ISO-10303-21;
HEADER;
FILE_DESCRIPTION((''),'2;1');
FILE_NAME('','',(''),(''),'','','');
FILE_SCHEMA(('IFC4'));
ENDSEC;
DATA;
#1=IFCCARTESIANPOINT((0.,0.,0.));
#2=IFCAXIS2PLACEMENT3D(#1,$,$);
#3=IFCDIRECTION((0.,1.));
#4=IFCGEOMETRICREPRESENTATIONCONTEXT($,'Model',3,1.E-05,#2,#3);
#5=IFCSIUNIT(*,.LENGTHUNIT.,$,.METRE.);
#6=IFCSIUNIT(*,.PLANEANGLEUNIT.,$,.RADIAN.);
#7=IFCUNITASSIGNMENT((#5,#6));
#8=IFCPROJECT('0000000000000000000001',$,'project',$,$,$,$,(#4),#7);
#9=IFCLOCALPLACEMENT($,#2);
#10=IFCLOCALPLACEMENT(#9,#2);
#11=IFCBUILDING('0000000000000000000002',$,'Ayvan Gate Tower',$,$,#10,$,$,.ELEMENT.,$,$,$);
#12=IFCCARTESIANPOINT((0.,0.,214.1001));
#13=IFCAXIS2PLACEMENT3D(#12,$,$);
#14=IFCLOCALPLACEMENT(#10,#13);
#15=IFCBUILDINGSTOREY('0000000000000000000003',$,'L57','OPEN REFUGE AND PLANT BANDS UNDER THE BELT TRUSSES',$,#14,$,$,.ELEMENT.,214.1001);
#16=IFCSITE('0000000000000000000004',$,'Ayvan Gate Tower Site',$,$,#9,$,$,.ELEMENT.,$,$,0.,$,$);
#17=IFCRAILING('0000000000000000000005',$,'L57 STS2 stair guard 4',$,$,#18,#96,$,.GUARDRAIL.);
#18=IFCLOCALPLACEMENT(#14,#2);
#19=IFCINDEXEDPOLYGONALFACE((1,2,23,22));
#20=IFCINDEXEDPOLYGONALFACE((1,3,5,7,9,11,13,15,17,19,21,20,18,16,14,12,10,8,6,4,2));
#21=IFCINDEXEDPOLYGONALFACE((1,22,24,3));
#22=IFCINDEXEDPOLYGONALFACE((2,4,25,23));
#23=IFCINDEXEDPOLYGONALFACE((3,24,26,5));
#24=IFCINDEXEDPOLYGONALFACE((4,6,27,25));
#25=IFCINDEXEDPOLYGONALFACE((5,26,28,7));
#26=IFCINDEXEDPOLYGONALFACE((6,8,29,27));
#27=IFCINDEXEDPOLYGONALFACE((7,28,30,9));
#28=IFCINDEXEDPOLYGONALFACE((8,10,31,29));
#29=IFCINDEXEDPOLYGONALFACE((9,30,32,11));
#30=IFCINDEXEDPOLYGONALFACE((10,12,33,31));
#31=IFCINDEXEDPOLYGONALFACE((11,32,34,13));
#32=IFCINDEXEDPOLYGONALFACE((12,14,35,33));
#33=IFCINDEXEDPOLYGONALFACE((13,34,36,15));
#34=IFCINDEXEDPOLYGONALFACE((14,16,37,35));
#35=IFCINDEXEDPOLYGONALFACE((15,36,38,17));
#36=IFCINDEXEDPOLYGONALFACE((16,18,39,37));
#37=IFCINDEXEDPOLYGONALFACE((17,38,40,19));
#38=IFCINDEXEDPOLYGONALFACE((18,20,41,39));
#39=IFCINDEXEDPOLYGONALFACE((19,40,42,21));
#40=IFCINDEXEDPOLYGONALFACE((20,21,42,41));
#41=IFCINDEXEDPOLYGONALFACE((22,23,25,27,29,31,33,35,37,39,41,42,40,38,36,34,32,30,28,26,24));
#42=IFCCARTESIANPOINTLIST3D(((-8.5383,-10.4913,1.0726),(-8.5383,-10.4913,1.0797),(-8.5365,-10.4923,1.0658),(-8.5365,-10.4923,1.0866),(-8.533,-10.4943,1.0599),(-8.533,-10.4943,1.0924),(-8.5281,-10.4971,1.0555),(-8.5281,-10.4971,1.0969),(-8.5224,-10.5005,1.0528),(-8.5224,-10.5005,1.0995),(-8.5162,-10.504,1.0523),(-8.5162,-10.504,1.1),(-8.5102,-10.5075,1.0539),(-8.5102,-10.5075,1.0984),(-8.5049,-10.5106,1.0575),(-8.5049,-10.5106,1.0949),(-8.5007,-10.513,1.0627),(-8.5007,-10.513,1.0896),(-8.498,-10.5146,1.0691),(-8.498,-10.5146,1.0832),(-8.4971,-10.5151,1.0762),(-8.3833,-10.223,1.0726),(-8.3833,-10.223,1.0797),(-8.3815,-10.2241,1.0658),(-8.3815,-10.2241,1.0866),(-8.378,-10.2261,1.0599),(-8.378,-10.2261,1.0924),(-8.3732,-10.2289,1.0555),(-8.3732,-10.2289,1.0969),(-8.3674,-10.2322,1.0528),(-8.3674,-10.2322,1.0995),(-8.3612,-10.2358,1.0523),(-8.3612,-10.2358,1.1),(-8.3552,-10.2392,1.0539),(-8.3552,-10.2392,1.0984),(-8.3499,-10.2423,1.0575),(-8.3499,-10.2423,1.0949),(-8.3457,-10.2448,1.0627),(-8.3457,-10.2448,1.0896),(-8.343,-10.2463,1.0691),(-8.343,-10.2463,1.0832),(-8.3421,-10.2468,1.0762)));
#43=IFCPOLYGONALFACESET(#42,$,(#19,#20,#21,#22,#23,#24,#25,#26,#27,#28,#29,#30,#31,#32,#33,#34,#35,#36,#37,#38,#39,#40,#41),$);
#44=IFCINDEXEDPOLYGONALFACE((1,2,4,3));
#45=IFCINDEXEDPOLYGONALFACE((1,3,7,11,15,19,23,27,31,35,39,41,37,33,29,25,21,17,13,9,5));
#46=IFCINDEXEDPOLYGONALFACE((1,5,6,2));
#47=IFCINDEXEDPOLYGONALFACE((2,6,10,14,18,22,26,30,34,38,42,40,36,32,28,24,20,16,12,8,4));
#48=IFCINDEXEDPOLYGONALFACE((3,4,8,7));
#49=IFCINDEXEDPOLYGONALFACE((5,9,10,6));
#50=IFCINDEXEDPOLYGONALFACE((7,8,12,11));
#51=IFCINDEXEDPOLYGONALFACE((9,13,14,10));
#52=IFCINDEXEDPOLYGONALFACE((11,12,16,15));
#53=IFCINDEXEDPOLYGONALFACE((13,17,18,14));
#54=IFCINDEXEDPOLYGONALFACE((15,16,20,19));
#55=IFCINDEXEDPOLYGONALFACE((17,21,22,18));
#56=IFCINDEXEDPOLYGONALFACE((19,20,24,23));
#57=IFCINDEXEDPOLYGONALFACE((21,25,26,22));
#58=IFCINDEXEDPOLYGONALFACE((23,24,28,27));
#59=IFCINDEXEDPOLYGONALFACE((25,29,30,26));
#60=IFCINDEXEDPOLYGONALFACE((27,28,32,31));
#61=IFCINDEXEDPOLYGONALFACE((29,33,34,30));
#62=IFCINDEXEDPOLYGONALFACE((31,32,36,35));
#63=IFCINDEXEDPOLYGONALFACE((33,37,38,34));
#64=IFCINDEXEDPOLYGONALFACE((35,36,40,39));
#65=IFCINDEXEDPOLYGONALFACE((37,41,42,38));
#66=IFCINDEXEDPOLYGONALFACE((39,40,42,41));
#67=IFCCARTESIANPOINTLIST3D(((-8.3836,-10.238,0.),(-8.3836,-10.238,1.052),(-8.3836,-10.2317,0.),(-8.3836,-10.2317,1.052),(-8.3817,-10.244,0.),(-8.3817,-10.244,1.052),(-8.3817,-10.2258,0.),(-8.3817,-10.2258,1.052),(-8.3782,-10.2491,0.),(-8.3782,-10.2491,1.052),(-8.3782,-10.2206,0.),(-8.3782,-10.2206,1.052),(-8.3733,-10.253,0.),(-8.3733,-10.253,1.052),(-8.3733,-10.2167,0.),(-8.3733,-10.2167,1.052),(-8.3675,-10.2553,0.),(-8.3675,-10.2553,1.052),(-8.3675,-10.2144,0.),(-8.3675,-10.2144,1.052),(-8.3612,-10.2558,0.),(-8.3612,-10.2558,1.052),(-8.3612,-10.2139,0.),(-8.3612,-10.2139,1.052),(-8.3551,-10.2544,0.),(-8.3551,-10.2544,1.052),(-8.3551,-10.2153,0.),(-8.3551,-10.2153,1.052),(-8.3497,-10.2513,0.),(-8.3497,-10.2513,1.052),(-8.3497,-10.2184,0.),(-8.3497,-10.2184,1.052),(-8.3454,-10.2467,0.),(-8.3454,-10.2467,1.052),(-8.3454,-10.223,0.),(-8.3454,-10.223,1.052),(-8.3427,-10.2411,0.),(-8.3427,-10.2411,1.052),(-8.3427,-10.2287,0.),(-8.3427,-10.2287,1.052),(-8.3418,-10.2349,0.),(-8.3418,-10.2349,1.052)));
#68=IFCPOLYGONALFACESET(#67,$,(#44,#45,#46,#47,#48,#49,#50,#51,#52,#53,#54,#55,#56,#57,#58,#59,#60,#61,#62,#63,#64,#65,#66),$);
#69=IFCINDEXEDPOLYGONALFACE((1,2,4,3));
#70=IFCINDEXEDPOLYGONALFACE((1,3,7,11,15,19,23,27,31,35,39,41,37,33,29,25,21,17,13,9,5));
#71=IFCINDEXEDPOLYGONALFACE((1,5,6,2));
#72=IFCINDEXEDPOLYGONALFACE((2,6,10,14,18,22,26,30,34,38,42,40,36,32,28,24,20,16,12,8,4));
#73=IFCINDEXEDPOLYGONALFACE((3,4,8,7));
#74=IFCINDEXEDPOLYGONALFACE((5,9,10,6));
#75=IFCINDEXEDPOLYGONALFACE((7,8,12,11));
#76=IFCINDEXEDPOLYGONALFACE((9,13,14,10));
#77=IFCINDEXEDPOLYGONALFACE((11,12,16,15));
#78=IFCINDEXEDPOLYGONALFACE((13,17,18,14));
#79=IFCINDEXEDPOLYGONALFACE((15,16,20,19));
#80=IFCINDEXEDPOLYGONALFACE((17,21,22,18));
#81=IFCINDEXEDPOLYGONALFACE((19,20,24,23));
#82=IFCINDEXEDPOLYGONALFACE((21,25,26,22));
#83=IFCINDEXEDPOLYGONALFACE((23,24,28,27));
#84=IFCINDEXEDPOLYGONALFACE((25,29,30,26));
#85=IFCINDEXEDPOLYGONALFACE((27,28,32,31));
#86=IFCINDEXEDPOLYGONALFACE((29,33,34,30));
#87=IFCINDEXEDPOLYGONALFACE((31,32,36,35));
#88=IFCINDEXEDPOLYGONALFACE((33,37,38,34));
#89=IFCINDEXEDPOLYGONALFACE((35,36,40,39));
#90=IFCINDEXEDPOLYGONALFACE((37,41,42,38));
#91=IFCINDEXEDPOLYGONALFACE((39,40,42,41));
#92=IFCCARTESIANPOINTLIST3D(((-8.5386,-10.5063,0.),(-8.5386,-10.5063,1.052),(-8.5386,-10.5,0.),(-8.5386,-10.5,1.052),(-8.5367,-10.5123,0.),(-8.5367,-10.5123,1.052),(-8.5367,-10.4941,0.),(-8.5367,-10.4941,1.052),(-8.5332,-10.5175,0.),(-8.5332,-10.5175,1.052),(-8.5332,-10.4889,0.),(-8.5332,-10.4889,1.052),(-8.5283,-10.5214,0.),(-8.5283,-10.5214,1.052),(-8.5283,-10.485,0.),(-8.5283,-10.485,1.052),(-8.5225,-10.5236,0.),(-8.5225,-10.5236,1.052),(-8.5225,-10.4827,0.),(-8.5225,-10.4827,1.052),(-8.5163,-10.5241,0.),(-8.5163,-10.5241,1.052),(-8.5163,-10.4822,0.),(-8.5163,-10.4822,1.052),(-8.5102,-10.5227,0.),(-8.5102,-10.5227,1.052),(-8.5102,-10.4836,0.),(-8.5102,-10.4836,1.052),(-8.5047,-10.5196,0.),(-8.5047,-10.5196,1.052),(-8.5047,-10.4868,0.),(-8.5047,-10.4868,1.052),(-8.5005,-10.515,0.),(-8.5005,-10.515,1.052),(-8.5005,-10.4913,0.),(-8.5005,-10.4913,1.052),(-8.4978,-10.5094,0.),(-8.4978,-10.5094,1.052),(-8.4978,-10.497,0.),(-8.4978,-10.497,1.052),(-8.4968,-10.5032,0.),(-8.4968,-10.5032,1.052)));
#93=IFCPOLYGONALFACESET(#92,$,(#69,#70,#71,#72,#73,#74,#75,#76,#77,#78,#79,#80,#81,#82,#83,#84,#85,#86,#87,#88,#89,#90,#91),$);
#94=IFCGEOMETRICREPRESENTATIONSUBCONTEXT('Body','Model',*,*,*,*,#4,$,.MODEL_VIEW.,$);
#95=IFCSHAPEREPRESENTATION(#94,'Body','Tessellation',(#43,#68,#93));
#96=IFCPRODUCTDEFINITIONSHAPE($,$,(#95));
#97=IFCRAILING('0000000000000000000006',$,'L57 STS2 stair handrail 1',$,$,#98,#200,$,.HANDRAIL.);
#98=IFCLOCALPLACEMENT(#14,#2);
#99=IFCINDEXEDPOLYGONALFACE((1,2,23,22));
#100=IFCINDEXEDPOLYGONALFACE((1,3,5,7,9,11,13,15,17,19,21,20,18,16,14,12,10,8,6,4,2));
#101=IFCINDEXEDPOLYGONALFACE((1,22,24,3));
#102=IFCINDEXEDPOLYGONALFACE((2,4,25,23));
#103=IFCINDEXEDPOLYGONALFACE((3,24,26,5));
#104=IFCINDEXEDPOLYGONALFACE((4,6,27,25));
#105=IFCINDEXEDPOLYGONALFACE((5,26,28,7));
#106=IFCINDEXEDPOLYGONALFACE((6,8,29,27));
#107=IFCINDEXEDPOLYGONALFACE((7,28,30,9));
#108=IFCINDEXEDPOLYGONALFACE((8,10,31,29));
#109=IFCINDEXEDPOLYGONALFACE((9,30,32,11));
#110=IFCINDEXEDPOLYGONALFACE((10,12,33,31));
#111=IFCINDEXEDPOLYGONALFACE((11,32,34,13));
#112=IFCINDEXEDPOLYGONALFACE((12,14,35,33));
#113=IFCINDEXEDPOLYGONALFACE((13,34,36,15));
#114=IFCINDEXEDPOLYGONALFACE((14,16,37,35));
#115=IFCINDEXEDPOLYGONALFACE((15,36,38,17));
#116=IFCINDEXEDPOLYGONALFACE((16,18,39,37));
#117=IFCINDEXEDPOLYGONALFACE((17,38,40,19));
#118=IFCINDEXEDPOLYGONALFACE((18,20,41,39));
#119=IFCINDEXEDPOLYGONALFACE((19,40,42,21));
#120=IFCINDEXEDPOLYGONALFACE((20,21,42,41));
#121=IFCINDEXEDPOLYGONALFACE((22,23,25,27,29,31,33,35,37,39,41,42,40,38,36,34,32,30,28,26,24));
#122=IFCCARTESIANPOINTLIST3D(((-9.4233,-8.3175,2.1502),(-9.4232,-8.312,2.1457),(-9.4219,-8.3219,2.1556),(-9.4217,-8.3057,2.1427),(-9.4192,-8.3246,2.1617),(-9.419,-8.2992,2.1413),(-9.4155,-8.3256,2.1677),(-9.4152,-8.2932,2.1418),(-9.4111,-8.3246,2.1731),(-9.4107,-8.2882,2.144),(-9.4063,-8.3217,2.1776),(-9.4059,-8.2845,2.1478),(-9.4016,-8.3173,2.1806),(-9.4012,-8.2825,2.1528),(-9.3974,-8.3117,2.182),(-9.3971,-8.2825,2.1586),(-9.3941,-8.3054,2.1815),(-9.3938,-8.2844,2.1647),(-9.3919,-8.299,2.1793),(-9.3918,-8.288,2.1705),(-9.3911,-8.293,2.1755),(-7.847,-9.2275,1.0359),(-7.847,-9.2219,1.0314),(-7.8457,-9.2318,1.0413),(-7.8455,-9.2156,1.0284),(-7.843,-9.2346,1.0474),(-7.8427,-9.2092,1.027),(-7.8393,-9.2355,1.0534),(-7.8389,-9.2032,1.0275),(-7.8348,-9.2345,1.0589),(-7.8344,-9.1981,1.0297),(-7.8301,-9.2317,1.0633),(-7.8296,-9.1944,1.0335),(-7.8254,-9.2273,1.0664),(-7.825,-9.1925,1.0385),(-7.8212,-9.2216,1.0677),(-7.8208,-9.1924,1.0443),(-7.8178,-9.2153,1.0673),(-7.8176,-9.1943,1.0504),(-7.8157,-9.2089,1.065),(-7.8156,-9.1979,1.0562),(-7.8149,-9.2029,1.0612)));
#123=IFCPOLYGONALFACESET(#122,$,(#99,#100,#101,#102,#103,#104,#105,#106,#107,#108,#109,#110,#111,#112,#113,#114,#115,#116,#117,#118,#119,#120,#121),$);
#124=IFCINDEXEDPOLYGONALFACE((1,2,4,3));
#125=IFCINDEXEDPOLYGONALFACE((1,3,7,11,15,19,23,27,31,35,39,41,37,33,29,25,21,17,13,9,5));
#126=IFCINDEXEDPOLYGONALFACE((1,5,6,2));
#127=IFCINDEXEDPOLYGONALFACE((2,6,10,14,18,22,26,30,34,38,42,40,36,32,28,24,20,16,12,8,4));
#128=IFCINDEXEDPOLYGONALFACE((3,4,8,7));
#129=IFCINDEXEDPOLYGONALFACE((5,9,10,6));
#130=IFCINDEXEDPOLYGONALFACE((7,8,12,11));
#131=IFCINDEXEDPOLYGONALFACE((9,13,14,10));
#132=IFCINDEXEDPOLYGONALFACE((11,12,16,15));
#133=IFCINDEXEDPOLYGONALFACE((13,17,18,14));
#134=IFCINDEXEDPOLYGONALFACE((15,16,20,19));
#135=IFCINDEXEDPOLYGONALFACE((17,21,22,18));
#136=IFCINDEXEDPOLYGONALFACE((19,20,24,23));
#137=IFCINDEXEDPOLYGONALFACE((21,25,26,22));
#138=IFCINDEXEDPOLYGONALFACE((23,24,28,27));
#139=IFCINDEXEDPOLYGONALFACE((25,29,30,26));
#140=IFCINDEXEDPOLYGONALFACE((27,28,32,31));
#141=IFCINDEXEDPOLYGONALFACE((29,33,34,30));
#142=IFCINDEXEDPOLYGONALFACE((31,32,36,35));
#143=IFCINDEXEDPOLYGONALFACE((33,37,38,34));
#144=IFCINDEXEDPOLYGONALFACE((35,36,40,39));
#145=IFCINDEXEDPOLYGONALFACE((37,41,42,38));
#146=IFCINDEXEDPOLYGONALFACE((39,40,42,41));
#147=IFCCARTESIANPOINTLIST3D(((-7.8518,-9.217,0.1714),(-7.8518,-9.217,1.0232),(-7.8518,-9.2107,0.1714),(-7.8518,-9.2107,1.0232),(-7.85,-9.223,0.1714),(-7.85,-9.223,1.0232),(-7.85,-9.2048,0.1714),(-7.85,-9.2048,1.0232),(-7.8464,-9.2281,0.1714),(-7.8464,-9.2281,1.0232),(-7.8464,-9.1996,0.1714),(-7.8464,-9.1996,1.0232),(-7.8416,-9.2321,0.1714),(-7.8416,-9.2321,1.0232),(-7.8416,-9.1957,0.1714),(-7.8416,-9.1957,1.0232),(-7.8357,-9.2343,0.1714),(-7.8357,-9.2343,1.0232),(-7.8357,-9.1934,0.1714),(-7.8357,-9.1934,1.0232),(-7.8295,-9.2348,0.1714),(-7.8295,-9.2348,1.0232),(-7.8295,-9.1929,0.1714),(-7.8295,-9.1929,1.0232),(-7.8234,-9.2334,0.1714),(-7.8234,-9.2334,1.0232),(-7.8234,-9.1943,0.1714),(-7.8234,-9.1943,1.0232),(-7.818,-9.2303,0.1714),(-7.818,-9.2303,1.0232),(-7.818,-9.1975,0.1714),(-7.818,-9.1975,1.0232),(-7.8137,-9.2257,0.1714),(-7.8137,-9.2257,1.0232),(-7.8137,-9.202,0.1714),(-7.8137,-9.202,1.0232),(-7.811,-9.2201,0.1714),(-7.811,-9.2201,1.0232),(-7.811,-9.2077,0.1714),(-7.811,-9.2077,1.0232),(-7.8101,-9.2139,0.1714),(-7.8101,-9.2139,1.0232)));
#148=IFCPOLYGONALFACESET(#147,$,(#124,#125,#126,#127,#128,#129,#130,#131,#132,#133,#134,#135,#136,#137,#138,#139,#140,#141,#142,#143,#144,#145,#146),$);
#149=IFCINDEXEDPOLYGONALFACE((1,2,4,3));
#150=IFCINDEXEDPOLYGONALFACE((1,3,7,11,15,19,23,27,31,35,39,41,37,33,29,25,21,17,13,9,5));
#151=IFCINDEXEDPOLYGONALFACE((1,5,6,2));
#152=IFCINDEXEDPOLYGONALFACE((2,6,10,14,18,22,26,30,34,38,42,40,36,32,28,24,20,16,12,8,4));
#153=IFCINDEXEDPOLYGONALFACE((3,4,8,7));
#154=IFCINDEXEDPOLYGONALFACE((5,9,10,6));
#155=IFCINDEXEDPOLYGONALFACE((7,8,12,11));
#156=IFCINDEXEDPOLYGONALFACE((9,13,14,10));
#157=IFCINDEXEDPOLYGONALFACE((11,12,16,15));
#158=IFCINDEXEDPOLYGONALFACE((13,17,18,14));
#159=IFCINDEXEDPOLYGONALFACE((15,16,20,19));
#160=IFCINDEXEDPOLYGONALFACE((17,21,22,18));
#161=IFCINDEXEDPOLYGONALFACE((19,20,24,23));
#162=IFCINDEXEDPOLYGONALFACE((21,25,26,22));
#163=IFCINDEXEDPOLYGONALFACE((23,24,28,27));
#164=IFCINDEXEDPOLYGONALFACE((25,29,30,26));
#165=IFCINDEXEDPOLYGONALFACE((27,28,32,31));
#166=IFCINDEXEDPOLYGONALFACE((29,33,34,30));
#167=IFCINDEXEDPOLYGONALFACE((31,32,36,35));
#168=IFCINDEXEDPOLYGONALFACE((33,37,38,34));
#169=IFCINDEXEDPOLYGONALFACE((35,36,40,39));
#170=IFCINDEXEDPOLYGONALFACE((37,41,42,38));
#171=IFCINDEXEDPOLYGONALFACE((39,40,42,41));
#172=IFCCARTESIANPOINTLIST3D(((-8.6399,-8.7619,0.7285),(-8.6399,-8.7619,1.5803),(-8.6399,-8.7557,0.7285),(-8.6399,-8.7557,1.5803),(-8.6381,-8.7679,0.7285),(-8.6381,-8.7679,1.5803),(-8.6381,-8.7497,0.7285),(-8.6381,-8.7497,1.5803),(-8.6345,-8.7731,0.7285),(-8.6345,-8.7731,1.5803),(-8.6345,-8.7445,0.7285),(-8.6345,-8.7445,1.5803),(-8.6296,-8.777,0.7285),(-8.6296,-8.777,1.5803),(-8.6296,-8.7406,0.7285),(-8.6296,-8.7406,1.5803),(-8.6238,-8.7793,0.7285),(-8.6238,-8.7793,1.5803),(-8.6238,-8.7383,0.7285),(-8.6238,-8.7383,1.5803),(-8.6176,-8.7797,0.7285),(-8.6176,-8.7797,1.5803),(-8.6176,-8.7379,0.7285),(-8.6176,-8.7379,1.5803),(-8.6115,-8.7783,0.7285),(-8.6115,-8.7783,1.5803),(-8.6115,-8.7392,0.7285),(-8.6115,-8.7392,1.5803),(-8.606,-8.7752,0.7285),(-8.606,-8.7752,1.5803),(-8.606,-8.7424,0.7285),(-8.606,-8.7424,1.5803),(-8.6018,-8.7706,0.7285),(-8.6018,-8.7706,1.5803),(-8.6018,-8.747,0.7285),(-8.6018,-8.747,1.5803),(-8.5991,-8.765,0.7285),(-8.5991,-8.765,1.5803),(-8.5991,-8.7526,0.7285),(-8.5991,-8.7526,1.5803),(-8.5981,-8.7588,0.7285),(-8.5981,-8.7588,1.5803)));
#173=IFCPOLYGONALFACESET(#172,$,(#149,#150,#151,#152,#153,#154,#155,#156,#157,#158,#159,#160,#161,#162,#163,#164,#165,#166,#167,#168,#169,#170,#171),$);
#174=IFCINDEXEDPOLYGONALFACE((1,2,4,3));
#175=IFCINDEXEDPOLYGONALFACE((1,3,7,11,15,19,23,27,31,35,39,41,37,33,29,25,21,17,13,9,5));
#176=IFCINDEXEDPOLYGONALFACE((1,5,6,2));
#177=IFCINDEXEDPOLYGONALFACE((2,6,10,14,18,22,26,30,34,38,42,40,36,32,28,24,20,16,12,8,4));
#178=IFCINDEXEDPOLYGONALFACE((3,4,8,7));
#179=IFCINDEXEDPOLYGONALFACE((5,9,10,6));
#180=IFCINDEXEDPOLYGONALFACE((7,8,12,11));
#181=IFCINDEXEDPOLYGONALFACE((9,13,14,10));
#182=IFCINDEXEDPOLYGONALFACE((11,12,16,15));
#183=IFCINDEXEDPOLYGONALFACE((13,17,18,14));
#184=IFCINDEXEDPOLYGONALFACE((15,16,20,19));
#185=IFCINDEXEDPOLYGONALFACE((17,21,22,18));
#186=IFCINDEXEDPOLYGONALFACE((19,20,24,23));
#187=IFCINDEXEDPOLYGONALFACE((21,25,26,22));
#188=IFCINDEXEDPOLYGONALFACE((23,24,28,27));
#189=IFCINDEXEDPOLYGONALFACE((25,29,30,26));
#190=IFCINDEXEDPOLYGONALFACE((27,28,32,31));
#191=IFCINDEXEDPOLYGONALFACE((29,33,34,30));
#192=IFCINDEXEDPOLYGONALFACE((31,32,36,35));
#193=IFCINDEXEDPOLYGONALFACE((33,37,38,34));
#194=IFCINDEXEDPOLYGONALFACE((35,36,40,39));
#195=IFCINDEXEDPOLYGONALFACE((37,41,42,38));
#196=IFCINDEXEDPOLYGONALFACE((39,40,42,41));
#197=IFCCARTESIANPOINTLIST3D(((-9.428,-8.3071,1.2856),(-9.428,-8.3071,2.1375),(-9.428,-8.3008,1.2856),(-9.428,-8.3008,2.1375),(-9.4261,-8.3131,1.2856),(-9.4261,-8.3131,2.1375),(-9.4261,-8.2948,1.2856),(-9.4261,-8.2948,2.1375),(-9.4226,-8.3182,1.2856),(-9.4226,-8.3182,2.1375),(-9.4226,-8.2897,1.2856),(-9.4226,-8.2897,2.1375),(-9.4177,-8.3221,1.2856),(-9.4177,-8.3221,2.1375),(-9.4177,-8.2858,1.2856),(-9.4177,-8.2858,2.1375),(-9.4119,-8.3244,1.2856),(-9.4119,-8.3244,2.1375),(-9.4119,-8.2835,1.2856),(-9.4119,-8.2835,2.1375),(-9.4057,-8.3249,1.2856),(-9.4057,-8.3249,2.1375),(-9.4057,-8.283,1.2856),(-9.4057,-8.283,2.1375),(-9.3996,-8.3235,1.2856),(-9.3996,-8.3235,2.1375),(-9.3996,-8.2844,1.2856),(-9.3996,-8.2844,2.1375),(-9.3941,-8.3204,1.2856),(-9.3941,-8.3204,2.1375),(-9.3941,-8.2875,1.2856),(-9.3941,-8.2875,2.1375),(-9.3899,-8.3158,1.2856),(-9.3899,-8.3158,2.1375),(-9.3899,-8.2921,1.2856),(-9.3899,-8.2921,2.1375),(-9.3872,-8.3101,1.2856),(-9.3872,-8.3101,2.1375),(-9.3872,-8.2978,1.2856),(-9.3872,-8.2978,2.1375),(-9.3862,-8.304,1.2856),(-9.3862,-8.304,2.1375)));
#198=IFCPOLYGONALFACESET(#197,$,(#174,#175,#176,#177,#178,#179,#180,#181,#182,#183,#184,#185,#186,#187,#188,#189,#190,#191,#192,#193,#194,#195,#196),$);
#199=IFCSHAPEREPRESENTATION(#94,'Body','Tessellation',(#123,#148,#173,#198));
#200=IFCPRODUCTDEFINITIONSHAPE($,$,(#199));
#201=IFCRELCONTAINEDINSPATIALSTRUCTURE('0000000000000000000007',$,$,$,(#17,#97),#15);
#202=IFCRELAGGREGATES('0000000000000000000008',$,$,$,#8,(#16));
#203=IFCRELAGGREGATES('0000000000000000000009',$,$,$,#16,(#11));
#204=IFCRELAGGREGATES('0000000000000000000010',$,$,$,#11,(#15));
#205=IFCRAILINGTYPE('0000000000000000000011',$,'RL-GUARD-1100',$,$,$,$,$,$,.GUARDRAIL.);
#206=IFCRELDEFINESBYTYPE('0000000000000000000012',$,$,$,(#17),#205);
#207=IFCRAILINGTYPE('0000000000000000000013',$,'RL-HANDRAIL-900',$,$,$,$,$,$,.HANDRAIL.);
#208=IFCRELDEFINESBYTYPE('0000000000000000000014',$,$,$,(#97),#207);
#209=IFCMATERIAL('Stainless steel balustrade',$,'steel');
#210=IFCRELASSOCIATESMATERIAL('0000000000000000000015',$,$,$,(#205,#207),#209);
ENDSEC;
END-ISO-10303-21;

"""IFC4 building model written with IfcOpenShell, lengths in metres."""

from ifc_helpers import new_model, si_unit, direction, frame, origin, origin_2d, place, context, subcontext, project, spatial, circle, extrude, material, type_object, element, save


model = new_model("IFC4")

# Units and contexts
model_context = context("Model", 3, precision=1e-05, world=origin(), true_north=direction((0.0, 1.0)))
body_context = subcontext(model_context, "Body", "Model", "MODEL_VIEW")
ifc_project = project(units=[si_unit("LENGTHUNIT", "METRE"), si_unit("PLANEANGLEUNIT", "RADIAN")], contexts=[model_context])

# Site, building, storey
site_placement = place(None, origin())
site = spatial("IfcSite", under=ifc_project, at=site_placement, Name="Ayvan Gate Tower Site", CompositionType="ELEMENT", RefElevation=0.0)
building_placement = place(site_placement, origin())
building = spatial("IfcBuilding", under=site, at=building_placement, Name="Ayvan Gate Tower", CompositionType="ELEMENT")
storey_placement = place(building_placement, frame((0.0, 0.0, 214.1001)))
storey = spatial("IfcBuildingStorey", under=building, at=storey_placement, Name="L57", Description="OPEN REFUGE AND PLANT BANDS UNDER THE BELT TRUSSES", CompositionType="ELEMENT", Elevation=214.1001)

# Railings
ifc_material_1 = material(Name="Stainless steel balustrade", Category="steel")
railing_type_1 = type_object("IfcRailingType", Name="RL-GUARD-1100", PredefinedType="GUARDRAIL", material=ifc_material_1)
railing_1_placement = place(storey_placement, frame((-8.3628, -10.2349, 0.0)))
element("IfcRailing", 1, at=railing_1_placement, inside=storey, type_object=railing_type_1, Name="L57 STS2 stair guard 4", PredefinedType="GUARDRAIL", context=body_context, shape_type="SweptSolid", body=[
    extrude(circle(Radius=0.0239, at=origin_2d()), frame((0.0, 0.0, 1.0762), z_axis=(-0.500291, -0.865857, 0.0), x_axis=(0.865857, -0.500291, 0.0)), (0.0, 0.0, 1.0), 0.3098),
    extrude(circle(Radius=0.021, at=origin_2d()), origin(), (0.0, 0.0, 1.0), 1.052),
    extrude(circle(Radius=0.021, at=origin_2d()), frame((-0.155, -0.2683, 0.0)), (0.0, 0.0, 1.0), 1.052),
])
railing_type_2 = type_object("IfcRailingType", Name="RL-HANDRAIL-900", PredefinedType="HANDRAIL", material=ifc_material_1)
railing_2_placement = place(storey_placement, frame((-7.8311, -9.2139, 0.1714)))
element("IfcRailing", 2, at=railing_2_placement, inside=storey, type_object=railing_type_2, Name="L57 STS2 stair handrail 1", PredefinedType="HANDRAIL", context=body_context, shape_type="SweptSolid", body=[
    extrude(circle(Radius=0.0239, at=origin_2d()), frame((0.0, 0.0, 0.876), z_axis=(-0.73861, 0.426394, 0.522153), x_axis=(-0.499962, -0.866047, 0.0)), (0.0, 0.0, 1.0), 2.134),
    extrude(circle(Radius=0.021, at=origin_2d()), origin(), (0.0, 0.0, 1.0), 0.8518),
    extrude(circle(Radius=0.021, at=origin_2d()), frame((-0.7881, 0.4551, 0.5571)), (0.0, 0.0, 1.0), 0.8518),
    extrude(circle(Radius=0.021, at=origin_2d()), frame((-1.5762, 0.9099, 1.1143)), (0.0, 0.0, 1.0), 0.8518),
])

save(model, "model.ifc")
